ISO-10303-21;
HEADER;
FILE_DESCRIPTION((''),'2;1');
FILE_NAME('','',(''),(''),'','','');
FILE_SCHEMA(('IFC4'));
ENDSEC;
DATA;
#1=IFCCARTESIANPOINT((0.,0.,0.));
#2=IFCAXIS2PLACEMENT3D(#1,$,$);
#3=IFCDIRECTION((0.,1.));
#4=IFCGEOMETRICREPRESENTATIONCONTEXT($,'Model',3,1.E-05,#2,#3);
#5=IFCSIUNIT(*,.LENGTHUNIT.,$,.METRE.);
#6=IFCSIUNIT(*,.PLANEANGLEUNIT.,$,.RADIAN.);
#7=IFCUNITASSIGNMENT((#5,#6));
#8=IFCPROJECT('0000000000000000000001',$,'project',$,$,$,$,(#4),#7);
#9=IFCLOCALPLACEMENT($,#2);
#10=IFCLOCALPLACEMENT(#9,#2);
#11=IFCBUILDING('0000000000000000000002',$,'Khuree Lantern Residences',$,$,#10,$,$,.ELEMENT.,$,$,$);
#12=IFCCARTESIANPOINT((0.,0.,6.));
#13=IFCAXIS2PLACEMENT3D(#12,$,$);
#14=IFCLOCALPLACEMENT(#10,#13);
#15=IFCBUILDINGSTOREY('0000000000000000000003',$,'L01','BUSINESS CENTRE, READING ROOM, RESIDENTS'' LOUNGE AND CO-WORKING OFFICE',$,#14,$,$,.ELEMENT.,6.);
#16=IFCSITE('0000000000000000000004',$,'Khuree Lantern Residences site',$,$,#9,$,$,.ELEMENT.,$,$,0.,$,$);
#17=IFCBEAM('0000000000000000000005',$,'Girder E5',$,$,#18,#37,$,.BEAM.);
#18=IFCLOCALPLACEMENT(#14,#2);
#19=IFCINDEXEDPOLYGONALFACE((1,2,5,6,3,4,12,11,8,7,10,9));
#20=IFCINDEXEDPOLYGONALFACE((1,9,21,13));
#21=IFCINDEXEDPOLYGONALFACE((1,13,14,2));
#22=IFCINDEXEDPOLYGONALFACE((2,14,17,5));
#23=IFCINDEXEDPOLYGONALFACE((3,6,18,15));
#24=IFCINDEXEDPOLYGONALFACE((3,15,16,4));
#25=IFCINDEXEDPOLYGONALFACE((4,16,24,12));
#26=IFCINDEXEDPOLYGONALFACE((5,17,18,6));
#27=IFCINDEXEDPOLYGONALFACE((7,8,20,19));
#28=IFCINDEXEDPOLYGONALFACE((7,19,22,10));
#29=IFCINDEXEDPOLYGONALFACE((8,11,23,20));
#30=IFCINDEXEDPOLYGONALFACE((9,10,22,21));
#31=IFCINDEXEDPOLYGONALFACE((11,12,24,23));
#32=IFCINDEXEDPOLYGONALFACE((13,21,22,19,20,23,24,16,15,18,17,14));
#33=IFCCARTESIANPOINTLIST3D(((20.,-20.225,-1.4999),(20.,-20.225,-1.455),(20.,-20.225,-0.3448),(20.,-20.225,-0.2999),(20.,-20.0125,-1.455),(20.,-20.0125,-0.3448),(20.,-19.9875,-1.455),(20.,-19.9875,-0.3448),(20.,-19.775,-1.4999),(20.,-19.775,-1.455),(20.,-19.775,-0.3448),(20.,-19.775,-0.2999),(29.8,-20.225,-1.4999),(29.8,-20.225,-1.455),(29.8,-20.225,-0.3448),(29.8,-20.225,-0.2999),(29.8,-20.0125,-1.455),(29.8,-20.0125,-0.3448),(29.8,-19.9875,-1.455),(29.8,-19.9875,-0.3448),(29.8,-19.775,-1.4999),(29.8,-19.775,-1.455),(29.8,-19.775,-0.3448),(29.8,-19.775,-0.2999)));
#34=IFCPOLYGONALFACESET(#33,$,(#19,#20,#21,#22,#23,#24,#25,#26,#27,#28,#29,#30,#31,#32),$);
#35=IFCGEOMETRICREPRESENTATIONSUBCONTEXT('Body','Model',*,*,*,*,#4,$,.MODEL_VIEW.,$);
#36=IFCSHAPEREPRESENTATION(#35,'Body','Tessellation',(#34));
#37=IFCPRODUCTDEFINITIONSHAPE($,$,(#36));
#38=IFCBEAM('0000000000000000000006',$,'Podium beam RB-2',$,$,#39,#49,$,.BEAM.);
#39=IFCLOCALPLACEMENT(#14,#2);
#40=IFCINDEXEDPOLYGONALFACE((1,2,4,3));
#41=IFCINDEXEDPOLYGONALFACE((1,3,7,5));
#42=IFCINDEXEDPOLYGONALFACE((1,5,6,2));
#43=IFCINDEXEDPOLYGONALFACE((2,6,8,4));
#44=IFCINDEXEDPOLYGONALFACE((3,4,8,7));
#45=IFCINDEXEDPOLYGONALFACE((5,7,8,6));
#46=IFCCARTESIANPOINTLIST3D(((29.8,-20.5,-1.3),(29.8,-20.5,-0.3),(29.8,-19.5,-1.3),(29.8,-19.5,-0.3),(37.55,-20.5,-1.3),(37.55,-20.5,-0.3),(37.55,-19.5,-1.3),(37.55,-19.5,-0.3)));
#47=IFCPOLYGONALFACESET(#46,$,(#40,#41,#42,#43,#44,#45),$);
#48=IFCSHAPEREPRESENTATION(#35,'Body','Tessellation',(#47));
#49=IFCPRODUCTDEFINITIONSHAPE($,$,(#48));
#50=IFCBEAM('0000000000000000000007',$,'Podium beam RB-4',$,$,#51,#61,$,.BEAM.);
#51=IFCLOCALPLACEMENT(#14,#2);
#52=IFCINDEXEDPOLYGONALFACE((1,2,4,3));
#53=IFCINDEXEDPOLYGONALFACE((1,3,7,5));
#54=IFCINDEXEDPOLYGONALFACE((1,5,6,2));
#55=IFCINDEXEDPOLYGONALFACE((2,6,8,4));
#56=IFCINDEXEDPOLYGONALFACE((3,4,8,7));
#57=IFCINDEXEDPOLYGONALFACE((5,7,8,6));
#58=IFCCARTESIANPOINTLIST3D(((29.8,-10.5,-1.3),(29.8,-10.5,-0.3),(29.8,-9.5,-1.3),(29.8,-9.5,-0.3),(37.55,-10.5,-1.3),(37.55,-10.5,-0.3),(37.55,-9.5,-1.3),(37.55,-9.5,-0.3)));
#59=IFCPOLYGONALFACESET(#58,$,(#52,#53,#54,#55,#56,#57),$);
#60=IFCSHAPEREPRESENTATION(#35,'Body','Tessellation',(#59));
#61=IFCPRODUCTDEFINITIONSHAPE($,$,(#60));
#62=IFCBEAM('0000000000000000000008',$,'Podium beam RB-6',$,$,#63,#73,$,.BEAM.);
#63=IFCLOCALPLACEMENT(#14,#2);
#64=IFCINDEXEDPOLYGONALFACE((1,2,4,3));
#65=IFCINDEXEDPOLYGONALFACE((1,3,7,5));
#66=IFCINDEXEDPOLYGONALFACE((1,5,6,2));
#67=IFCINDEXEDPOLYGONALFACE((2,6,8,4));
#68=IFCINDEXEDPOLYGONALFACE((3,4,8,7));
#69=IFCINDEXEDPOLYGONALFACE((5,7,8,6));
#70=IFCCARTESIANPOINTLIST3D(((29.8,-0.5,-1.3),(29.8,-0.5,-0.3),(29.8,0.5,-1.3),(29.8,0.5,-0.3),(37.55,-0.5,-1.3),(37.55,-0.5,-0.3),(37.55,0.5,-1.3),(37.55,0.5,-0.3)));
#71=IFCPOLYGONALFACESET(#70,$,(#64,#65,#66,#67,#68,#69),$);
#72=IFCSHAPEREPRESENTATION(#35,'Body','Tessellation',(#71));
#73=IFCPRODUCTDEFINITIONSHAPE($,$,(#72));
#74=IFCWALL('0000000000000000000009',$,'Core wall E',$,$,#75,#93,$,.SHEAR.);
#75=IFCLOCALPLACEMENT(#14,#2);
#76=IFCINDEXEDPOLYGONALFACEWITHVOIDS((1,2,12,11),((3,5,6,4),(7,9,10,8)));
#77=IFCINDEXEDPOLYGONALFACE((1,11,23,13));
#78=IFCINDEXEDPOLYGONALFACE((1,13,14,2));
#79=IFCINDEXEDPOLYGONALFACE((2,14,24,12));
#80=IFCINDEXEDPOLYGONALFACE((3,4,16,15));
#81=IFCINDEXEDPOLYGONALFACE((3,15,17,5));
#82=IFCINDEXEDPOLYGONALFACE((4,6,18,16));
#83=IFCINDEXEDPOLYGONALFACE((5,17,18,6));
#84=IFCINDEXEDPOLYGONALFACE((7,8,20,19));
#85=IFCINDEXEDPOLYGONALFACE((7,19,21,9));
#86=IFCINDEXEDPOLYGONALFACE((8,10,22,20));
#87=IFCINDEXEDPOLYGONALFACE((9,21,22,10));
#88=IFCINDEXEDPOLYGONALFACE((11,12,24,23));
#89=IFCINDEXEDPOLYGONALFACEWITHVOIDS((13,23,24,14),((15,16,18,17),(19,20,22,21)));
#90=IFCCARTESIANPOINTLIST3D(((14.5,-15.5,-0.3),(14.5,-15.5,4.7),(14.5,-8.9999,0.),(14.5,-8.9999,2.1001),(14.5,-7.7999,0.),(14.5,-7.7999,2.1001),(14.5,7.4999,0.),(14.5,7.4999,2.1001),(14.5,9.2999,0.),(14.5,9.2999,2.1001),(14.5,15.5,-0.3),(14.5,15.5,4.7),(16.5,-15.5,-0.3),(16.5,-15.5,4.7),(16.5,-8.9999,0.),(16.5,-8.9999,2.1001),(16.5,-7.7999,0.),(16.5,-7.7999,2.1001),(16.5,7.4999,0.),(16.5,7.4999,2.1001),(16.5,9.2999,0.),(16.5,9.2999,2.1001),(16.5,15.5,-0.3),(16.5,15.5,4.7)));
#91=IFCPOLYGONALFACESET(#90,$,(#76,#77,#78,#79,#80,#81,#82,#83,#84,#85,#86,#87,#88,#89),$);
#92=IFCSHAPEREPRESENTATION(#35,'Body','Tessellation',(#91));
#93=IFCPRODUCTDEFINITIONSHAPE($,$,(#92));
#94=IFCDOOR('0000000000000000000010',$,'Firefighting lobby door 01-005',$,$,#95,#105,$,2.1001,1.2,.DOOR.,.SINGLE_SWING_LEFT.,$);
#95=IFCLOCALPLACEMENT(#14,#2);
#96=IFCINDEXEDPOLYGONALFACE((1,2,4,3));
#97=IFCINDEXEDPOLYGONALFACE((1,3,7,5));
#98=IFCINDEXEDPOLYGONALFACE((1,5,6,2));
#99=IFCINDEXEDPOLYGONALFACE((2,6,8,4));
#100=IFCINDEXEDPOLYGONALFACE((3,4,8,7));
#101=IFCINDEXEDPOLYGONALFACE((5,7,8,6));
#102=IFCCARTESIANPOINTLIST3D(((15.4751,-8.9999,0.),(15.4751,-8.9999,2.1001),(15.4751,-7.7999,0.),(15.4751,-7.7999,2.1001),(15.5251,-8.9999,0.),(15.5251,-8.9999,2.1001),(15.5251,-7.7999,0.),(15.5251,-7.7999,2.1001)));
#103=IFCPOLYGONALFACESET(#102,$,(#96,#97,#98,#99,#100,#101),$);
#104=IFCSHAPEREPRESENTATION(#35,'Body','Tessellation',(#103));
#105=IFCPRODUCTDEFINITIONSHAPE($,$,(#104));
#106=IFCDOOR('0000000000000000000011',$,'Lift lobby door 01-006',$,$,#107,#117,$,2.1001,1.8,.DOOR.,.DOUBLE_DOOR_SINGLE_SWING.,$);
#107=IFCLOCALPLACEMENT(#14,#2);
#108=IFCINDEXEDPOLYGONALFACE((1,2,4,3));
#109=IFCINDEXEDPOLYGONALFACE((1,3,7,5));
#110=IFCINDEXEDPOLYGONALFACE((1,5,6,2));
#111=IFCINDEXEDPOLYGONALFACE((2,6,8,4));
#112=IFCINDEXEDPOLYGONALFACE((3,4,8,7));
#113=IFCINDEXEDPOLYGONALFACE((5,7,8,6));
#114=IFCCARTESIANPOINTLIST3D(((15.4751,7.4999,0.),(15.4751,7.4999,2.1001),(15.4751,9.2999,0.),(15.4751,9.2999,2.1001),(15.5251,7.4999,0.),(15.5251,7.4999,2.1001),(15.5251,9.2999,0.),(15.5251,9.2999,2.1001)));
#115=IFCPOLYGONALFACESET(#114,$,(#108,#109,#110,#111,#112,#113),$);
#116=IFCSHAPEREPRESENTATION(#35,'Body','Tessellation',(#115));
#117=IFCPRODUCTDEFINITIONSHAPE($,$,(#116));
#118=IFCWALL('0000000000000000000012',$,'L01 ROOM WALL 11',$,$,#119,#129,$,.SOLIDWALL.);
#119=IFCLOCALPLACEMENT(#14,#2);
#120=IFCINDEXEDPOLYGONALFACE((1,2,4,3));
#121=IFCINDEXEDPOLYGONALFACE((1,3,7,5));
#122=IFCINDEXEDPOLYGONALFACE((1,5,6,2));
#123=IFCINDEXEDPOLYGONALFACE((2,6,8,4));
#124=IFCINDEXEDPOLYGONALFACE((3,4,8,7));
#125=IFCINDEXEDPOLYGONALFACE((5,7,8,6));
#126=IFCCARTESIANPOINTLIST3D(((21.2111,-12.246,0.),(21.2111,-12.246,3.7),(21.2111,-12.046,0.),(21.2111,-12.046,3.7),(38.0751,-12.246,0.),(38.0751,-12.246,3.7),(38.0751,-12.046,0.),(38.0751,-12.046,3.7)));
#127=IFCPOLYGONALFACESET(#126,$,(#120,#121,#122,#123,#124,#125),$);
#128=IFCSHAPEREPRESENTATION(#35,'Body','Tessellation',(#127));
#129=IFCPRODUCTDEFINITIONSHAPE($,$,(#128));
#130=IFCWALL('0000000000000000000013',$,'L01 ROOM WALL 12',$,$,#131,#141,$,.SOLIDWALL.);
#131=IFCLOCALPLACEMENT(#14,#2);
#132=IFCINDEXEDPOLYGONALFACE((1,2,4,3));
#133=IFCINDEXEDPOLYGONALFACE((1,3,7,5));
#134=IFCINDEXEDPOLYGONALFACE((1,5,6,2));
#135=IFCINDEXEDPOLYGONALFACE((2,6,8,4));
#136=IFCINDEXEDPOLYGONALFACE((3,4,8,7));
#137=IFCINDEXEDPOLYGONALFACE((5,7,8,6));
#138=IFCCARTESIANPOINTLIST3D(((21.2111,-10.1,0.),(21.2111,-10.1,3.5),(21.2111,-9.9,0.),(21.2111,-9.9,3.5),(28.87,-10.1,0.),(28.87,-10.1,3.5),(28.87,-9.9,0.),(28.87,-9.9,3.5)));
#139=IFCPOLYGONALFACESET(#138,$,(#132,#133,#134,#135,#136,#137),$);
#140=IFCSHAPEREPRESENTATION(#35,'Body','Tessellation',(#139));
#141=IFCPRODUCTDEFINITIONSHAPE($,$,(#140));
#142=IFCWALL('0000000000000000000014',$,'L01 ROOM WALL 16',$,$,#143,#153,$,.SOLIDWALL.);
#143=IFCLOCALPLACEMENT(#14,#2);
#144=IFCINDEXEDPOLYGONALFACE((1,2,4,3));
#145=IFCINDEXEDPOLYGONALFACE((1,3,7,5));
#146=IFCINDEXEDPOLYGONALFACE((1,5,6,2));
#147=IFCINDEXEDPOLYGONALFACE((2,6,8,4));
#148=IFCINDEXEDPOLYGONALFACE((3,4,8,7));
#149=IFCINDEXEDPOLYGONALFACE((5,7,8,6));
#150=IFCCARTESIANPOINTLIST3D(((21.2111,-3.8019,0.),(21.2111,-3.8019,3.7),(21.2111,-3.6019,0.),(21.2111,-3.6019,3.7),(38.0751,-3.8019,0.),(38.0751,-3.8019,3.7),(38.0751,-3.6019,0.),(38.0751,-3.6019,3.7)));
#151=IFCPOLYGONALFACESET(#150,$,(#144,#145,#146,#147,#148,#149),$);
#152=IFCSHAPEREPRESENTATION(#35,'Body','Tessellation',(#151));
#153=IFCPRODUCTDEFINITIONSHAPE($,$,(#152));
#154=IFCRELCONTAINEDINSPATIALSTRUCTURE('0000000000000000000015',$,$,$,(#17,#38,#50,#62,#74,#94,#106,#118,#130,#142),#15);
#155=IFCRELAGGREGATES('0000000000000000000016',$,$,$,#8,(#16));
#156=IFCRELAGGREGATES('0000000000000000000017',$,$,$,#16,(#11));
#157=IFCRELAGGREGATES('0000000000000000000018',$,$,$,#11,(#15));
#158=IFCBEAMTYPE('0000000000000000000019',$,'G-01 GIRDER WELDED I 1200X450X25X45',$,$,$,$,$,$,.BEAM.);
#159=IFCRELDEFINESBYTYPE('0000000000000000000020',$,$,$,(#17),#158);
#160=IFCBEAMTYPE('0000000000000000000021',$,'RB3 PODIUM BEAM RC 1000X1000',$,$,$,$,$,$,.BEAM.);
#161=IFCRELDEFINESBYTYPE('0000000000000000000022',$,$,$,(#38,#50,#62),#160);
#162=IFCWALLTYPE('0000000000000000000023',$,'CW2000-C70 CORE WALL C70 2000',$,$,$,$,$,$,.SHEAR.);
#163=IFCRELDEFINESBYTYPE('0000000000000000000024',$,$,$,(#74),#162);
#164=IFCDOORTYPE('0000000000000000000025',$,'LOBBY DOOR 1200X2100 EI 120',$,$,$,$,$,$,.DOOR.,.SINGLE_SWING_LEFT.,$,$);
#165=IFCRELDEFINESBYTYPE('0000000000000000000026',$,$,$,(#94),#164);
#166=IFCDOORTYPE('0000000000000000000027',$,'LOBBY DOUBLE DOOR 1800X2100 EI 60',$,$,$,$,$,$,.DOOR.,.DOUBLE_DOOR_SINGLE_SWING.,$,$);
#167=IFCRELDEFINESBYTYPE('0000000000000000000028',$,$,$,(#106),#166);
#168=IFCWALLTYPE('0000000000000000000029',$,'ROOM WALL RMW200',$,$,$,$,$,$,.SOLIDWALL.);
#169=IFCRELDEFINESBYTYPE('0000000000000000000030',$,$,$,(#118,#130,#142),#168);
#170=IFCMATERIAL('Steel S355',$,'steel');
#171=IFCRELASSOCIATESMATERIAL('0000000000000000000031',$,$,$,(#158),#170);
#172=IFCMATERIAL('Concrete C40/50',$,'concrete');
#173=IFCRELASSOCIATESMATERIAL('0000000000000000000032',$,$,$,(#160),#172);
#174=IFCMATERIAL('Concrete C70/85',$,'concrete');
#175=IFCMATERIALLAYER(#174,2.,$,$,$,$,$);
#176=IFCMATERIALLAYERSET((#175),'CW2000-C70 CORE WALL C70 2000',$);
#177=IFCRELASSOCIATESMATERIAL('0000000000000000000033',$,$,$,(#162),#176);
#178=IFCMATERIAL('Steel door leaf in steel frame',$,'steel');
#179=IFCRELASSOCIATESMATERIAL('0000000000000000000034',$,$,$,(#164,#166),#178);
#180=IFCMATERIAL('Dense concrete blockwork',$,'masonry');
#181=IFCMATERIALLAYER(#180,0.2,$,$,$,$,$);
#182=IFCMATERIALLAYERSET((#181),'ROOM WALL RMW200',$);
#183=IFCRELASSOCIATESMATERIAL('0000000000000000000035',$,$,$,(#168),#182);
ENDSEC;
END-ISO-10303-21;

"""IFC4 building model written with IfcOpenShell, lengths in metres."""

from ifc_helpers import new_model, si_unit, direction, frame, frame_2d, origin, origin_2d, place, context, subcontext, project, spatial, rectangle, i_section, extrude, material, layer, layer_set, material_profile, profile_set, type_object, element, fill, save


model = new_model("IFC4")

# Units and contexts
model_context = context("Model", 3, precision=1e-05, world=origin(), true_north=direction((0.0, 1.0)))
body_context = subcontext(model_context, "Body", "Model", "MODEL_VIEW")
ifc_project = project(units=[si_unit("LENGTHUNIT", "METRE"), si_unit("PLANEANGLEUNIT", "RADIAN")], contexts=[model_context])

# Site, building, storey
site_placement = place(None, origin())
site = spatial("IfcSite", under=ifc_project, at=site_placement, Name="Khuree Lantern Residences site", CompositionType="ELEMENT", RefElevation=0.0)
building_placement = place(site_placement, origin())
building = spatial("IfcBuilding", under=site, at=building_placement, Name="Khuree Lantern Residences", CompositionType="ELEMENT")
storey_placement = place(building_placement, frame((0.0, 0.0, 6.0)))
storey = spatial("IfcBuildingStorey", under=building, at=storey_placement, Name="L01", Description="BUSINESS CENTRE, READING ROOM, RESIDENTS' LOUNGE AND CO-WORKING OFFICE", CompositionType="ELEMENT", Elevation=6.0)

# Shared definitions
ifc_material_1 = material(Name="Concrete C70/85", Category="concrete")

# Beams
ifc_material_2 = material(Name="Steel S355", Category="steel")
ifc_material_profile_1 = material_profile(ifc_material_2, i_section(OverallWidth=0.45, OverallDepth=1.2, WebThickness=0.0249, FlangeThickness=0.0449, at=origin_2d()), Name="WELDED I 1200X450X25X45")
ifc_profile_set_1 = profile_set([ifc_material_profile_1], Name="Steel S355")
beam_type_1 = type_object("IfcBeamType", Name="G-01 GIRDER WELDED I 1200X450X25X45", PredefinedType="BEAM", material=ifc_profile_set_1)
beam_1_placement = place(storey_placement, frame((29.8, -20.0, -0.8999), z_axis=(-1.0, 0.0, 0.0), x_axis=(0.0, -1.0, 0.0)))
element("IfcBeam", 1, at=beam_1_placement, inside=storey, type_object=beam_type_1, Name="Girder E5", PredefinedType="BEAM", context=body_context, shape_type="SweptSolid", body=[
    extrude(i_section(OverallWidth=0.45, OverallDepth=1.2, WebThickness=0.0249, FlangeThickness=0.0449, at=origin_2d()), origin(), (0.0, 0.0, 1.0), 9.8),
])
ifc_material_3 = material(Name="Concrete C40/50", Category="concrete")
ifc_material_profile_2 = material_profile(ifc_material_3, rectangle(XDim=1.0, YDim=1.0, at=origin_2d()), Name="RC 1000X1000")
ifc_profile_set_2 = profile_set([ifc_material_profile_2], Name="Concrete C40/50")
beam_type_2 = type_object("IfcBeamType", Name="RB3 PODIUM BEAM RC 1000X1000", PredefinedType="BEAM", material=ifc_profile_set_2)
for number, where, z_axis, x_axis, name in (
    (2, (29.8, -20.0, -0.8), (1.0, 0.0, 0.0), (0.0, 1.0, 0.0), "Podium beam RB-2"),
    (3, (29.8, -10.0, -0.8), (1.0, 0.0, 0.0), (0.0, 1.0, 0.0), "Podium beam RB-4"),
    (4, (29.8, 0.0, -0.8), (1.0, 0.0, 0.0), (0.0, 1.0, 0.0), "Podium beam RB-6"),
):
    element("IfcBeam", number, at=place(storey_placement, frame(where, z_axis=z_axis, x_axis=x_axis)), inside=storey, type_object=beam_type_2, Name=name, PredefinedType="BEAM", context=body_context, shape_type="SweptSolid", body=[
        extrude(rectangle(XDim=1.0, YDim=1.0, at=origin_2d()), origin(), (0.0, 0.0, 1.0), 7.75),
    ])

# Wall, openings, doors
ifc_layer_1 = layer(ifc_material_1, 2.0)
ifc_layer_set_1 = layer_set([ifc_layer_1], Name="CW2000-C70 CORE WALL C70 2000")
wall_type_1 = type_object("IfcWallType", Name="CW2000-C70 CORE WALL C70 2000", PredefinedType="SHEAR", material=ifc_layer_set_1)
wall_1_placement = place(storey_placement, frame((15.5, -15.5, -0.3), z_axis=(0.0, 0.0, 1.0), x_axis=(0.0, 1.0, 0.0)))
wall_1 = element("IfcWall", 5, at=wall_1_placement, inside=storey, type_object=wall_type_1, Name="Core wall E", PredefinedType="SHEAR", context=body_context, shape_type="SweptSolid", body=[
    extrude(rectangle(XDim=31.0, YDim=2.0, at=frame_2d((15.5, 0.0))), origin(), (0.0, 0.0, 1.0), 5.0),
])
opening_1_placement = place(wall_1_placement, frame((6.5, 0.0, 0.3)))
opening_1 = element("IfcOpeningElement", 6, at=opening_1_placement, cuts=wall_1, PredefinedType="OPENING", context=body_context, shape_type="SweptSolid", body=[
    extrude(rectangle(XDim=1.2, YDim=2.1001, at=frame_2d((0.6001, 1.05))), frame((0.0, 1.01, 0.0), z_axis=(0.0, -1.0, 0.0), x_axis=(1.0, 0.0, 0.0)), (0.0, 0.0, 1.0), 2.02),
])
opening_2_placement = place(wall_1_placement, frame((23.0, 0.0, 0.3)))
opening_2 = element("IfcOpeningElement", 7, at=opening_2_placement, cuts=wall_1, PredefinedType="OPENING", context=body_context, shape_type="SweptSolid", body=[
    extrude(rectangle(XDim=1.8, YDim=2.1001, at=frame_2d((0.8999, 1.05))), frame((0.0, 1.01, 0.0), z_axis=(0.0, -1.0, 0.0), x_axis=(1.0, 0.0, 0.0)), (0.0, 0.0, 1.0), 2.02),
])
ifc_material_4 = material(Name="Steel door leaf in steel frame", Category="steel")
door_type_1 = type_object("IfcDoorType", Name="LOBBY DOOR 1200X2100 EI 120", OperationType="SINGLE_SWING_LEFT", PredefinedType="DOOR", material=ifc_material_4)
door_1_placement = place(opening_1_placement, origin())
door_1 = element("IfcDoor", 8, at=door_1_placement, inside=storey, type_object=door_type_1, Name="Firefighting lobby door 01-005", OperationType="SINGLE_SWING_LEFT", OverallHeight=2.1001, OverallWidth=1.2, PredefinedType="DOOR", context=body_context, shape_type="SweptSolid", body=[
    extrude(rectangle(XDim=1.2, YDim=2.1001, at=frame_2d((0.6001, 1.05))), frame((0.0, 0.0249, 0.0), z_axis=(0.0, -1.0, 0.0), x_axis=(1.0, 0.0, 0.0)), (0.0, 0.0, 1.0), 0.05),
])
fill(opening_1, door_1)
door_type_2 = type_object("IfcDoorType", Name="LOBBY DOUBLE DOOR 1800X2100 EI 60", OperationType="DOUBLE_DOOR_SINGLE_SWING", PredefinedType="DOOR", material=ifc_material_4)
door_2_placement = place(opening_2_placement, origin())
door_2 = element("IfcDoor", 9, at=door_2_placement, inside=storey, type_object=door_type_2, Name="Lift lobby door 01-006", OperationType="DOUBLE_DOOR_SINGLE_SWING", OverallHeight=2.1001, OverallWidth=1.8, PredefinedType="DOOR", context=body_context, shape_type="SweptSolid", body=[
    extrude(rectangle(XDim=1.8, YDim=2.1001, at=frame_2d((0.8999, 1.05))), frame((0.0, 0.0249, 0.0), z_axis=(0.0, -1.0, 0.0), x_axis=(1.0, 0.0, 0.0)), (0.0, 0.0, 1.0), 0.05),
])
fill(opening_2, door_2)

# Walls
ifc_material_5 = material(Name="Dense concrete blockwork", Category="masonry")
ifc_layer_2 = layer(ifc_material_5, 0.2)
ifc_layer_set_2 = layer_set([ifc_layer_2], Name="ROOM WALL RMW200")
wall_type_2 = type_object("IfcWallType", Name="ROOM WALL RMW200", PredefinedType="SOLIDWALL", material=ifc_layer_set_2)
wall_2_placement = place(storey_placement, frame((21.2109, -12.146, 0.0), z_axis=(0.0, 0.0, 1.0), x_axis=(1.0, 0.0, 0.0)))
element("IfcWall", 10, at=wall_2_placement, inside=storey, type_object=wall_type_2, Name="L01 ROOM WALL 11", PredefinedType="SOLIDWALL", context=body_context, shape_type="SweptSolid", body=[
    extrude(rectangle(XDim=16.864, YDim=0.2, at=frame_2d((8.4321, 0.0))), origin(), (0.0, 0.0, 1.0), 3.7),
])
wall_3_placement = place(storey_placement, frame((21.2109, -10.0, 0.0), z_axis=(0.0, 0.0, 1.0), x_axis=(1.0, 0.0, 0.0)))
element("IfcWall", 11, at=wall_3_placement, inside=storey, type_object=wall_type_2, Name="L01 ROOM WALL 12", PredefinedType="SOLIDWALL", context=body_context, shape_type="SweptSolid", body=[
    extrude(rectangle(XDim=7.6589, YDim=0.2, at=frame_2d((3.8296, 0.0))), origin(), (0.0, 0.0, 1.0), 3.5),
])
wall_4_placement = place(storey_placement, frame((21.2109, -3.7019, 0.0), z_axis=(0.0, 0.0, 1.0), x_axis=(1.0, 0.0, 0.0)))
element("IfcWall", 12, at=wall_4_placement, inside=storey, type_object=wall_type_2, Name="L01 ROOM WALL 16", PredefinedType="SOLIDWALL", context=body_context, shape_type="SweptSolid", body=[
    extrude(rectangle(XDim=16.864, YDim=0.2, at=frame_2d((8.4321, 0.0))), origin(), (0.0, 0.0, 1.0), 3.7),
])

save(model, "model.ifc")
